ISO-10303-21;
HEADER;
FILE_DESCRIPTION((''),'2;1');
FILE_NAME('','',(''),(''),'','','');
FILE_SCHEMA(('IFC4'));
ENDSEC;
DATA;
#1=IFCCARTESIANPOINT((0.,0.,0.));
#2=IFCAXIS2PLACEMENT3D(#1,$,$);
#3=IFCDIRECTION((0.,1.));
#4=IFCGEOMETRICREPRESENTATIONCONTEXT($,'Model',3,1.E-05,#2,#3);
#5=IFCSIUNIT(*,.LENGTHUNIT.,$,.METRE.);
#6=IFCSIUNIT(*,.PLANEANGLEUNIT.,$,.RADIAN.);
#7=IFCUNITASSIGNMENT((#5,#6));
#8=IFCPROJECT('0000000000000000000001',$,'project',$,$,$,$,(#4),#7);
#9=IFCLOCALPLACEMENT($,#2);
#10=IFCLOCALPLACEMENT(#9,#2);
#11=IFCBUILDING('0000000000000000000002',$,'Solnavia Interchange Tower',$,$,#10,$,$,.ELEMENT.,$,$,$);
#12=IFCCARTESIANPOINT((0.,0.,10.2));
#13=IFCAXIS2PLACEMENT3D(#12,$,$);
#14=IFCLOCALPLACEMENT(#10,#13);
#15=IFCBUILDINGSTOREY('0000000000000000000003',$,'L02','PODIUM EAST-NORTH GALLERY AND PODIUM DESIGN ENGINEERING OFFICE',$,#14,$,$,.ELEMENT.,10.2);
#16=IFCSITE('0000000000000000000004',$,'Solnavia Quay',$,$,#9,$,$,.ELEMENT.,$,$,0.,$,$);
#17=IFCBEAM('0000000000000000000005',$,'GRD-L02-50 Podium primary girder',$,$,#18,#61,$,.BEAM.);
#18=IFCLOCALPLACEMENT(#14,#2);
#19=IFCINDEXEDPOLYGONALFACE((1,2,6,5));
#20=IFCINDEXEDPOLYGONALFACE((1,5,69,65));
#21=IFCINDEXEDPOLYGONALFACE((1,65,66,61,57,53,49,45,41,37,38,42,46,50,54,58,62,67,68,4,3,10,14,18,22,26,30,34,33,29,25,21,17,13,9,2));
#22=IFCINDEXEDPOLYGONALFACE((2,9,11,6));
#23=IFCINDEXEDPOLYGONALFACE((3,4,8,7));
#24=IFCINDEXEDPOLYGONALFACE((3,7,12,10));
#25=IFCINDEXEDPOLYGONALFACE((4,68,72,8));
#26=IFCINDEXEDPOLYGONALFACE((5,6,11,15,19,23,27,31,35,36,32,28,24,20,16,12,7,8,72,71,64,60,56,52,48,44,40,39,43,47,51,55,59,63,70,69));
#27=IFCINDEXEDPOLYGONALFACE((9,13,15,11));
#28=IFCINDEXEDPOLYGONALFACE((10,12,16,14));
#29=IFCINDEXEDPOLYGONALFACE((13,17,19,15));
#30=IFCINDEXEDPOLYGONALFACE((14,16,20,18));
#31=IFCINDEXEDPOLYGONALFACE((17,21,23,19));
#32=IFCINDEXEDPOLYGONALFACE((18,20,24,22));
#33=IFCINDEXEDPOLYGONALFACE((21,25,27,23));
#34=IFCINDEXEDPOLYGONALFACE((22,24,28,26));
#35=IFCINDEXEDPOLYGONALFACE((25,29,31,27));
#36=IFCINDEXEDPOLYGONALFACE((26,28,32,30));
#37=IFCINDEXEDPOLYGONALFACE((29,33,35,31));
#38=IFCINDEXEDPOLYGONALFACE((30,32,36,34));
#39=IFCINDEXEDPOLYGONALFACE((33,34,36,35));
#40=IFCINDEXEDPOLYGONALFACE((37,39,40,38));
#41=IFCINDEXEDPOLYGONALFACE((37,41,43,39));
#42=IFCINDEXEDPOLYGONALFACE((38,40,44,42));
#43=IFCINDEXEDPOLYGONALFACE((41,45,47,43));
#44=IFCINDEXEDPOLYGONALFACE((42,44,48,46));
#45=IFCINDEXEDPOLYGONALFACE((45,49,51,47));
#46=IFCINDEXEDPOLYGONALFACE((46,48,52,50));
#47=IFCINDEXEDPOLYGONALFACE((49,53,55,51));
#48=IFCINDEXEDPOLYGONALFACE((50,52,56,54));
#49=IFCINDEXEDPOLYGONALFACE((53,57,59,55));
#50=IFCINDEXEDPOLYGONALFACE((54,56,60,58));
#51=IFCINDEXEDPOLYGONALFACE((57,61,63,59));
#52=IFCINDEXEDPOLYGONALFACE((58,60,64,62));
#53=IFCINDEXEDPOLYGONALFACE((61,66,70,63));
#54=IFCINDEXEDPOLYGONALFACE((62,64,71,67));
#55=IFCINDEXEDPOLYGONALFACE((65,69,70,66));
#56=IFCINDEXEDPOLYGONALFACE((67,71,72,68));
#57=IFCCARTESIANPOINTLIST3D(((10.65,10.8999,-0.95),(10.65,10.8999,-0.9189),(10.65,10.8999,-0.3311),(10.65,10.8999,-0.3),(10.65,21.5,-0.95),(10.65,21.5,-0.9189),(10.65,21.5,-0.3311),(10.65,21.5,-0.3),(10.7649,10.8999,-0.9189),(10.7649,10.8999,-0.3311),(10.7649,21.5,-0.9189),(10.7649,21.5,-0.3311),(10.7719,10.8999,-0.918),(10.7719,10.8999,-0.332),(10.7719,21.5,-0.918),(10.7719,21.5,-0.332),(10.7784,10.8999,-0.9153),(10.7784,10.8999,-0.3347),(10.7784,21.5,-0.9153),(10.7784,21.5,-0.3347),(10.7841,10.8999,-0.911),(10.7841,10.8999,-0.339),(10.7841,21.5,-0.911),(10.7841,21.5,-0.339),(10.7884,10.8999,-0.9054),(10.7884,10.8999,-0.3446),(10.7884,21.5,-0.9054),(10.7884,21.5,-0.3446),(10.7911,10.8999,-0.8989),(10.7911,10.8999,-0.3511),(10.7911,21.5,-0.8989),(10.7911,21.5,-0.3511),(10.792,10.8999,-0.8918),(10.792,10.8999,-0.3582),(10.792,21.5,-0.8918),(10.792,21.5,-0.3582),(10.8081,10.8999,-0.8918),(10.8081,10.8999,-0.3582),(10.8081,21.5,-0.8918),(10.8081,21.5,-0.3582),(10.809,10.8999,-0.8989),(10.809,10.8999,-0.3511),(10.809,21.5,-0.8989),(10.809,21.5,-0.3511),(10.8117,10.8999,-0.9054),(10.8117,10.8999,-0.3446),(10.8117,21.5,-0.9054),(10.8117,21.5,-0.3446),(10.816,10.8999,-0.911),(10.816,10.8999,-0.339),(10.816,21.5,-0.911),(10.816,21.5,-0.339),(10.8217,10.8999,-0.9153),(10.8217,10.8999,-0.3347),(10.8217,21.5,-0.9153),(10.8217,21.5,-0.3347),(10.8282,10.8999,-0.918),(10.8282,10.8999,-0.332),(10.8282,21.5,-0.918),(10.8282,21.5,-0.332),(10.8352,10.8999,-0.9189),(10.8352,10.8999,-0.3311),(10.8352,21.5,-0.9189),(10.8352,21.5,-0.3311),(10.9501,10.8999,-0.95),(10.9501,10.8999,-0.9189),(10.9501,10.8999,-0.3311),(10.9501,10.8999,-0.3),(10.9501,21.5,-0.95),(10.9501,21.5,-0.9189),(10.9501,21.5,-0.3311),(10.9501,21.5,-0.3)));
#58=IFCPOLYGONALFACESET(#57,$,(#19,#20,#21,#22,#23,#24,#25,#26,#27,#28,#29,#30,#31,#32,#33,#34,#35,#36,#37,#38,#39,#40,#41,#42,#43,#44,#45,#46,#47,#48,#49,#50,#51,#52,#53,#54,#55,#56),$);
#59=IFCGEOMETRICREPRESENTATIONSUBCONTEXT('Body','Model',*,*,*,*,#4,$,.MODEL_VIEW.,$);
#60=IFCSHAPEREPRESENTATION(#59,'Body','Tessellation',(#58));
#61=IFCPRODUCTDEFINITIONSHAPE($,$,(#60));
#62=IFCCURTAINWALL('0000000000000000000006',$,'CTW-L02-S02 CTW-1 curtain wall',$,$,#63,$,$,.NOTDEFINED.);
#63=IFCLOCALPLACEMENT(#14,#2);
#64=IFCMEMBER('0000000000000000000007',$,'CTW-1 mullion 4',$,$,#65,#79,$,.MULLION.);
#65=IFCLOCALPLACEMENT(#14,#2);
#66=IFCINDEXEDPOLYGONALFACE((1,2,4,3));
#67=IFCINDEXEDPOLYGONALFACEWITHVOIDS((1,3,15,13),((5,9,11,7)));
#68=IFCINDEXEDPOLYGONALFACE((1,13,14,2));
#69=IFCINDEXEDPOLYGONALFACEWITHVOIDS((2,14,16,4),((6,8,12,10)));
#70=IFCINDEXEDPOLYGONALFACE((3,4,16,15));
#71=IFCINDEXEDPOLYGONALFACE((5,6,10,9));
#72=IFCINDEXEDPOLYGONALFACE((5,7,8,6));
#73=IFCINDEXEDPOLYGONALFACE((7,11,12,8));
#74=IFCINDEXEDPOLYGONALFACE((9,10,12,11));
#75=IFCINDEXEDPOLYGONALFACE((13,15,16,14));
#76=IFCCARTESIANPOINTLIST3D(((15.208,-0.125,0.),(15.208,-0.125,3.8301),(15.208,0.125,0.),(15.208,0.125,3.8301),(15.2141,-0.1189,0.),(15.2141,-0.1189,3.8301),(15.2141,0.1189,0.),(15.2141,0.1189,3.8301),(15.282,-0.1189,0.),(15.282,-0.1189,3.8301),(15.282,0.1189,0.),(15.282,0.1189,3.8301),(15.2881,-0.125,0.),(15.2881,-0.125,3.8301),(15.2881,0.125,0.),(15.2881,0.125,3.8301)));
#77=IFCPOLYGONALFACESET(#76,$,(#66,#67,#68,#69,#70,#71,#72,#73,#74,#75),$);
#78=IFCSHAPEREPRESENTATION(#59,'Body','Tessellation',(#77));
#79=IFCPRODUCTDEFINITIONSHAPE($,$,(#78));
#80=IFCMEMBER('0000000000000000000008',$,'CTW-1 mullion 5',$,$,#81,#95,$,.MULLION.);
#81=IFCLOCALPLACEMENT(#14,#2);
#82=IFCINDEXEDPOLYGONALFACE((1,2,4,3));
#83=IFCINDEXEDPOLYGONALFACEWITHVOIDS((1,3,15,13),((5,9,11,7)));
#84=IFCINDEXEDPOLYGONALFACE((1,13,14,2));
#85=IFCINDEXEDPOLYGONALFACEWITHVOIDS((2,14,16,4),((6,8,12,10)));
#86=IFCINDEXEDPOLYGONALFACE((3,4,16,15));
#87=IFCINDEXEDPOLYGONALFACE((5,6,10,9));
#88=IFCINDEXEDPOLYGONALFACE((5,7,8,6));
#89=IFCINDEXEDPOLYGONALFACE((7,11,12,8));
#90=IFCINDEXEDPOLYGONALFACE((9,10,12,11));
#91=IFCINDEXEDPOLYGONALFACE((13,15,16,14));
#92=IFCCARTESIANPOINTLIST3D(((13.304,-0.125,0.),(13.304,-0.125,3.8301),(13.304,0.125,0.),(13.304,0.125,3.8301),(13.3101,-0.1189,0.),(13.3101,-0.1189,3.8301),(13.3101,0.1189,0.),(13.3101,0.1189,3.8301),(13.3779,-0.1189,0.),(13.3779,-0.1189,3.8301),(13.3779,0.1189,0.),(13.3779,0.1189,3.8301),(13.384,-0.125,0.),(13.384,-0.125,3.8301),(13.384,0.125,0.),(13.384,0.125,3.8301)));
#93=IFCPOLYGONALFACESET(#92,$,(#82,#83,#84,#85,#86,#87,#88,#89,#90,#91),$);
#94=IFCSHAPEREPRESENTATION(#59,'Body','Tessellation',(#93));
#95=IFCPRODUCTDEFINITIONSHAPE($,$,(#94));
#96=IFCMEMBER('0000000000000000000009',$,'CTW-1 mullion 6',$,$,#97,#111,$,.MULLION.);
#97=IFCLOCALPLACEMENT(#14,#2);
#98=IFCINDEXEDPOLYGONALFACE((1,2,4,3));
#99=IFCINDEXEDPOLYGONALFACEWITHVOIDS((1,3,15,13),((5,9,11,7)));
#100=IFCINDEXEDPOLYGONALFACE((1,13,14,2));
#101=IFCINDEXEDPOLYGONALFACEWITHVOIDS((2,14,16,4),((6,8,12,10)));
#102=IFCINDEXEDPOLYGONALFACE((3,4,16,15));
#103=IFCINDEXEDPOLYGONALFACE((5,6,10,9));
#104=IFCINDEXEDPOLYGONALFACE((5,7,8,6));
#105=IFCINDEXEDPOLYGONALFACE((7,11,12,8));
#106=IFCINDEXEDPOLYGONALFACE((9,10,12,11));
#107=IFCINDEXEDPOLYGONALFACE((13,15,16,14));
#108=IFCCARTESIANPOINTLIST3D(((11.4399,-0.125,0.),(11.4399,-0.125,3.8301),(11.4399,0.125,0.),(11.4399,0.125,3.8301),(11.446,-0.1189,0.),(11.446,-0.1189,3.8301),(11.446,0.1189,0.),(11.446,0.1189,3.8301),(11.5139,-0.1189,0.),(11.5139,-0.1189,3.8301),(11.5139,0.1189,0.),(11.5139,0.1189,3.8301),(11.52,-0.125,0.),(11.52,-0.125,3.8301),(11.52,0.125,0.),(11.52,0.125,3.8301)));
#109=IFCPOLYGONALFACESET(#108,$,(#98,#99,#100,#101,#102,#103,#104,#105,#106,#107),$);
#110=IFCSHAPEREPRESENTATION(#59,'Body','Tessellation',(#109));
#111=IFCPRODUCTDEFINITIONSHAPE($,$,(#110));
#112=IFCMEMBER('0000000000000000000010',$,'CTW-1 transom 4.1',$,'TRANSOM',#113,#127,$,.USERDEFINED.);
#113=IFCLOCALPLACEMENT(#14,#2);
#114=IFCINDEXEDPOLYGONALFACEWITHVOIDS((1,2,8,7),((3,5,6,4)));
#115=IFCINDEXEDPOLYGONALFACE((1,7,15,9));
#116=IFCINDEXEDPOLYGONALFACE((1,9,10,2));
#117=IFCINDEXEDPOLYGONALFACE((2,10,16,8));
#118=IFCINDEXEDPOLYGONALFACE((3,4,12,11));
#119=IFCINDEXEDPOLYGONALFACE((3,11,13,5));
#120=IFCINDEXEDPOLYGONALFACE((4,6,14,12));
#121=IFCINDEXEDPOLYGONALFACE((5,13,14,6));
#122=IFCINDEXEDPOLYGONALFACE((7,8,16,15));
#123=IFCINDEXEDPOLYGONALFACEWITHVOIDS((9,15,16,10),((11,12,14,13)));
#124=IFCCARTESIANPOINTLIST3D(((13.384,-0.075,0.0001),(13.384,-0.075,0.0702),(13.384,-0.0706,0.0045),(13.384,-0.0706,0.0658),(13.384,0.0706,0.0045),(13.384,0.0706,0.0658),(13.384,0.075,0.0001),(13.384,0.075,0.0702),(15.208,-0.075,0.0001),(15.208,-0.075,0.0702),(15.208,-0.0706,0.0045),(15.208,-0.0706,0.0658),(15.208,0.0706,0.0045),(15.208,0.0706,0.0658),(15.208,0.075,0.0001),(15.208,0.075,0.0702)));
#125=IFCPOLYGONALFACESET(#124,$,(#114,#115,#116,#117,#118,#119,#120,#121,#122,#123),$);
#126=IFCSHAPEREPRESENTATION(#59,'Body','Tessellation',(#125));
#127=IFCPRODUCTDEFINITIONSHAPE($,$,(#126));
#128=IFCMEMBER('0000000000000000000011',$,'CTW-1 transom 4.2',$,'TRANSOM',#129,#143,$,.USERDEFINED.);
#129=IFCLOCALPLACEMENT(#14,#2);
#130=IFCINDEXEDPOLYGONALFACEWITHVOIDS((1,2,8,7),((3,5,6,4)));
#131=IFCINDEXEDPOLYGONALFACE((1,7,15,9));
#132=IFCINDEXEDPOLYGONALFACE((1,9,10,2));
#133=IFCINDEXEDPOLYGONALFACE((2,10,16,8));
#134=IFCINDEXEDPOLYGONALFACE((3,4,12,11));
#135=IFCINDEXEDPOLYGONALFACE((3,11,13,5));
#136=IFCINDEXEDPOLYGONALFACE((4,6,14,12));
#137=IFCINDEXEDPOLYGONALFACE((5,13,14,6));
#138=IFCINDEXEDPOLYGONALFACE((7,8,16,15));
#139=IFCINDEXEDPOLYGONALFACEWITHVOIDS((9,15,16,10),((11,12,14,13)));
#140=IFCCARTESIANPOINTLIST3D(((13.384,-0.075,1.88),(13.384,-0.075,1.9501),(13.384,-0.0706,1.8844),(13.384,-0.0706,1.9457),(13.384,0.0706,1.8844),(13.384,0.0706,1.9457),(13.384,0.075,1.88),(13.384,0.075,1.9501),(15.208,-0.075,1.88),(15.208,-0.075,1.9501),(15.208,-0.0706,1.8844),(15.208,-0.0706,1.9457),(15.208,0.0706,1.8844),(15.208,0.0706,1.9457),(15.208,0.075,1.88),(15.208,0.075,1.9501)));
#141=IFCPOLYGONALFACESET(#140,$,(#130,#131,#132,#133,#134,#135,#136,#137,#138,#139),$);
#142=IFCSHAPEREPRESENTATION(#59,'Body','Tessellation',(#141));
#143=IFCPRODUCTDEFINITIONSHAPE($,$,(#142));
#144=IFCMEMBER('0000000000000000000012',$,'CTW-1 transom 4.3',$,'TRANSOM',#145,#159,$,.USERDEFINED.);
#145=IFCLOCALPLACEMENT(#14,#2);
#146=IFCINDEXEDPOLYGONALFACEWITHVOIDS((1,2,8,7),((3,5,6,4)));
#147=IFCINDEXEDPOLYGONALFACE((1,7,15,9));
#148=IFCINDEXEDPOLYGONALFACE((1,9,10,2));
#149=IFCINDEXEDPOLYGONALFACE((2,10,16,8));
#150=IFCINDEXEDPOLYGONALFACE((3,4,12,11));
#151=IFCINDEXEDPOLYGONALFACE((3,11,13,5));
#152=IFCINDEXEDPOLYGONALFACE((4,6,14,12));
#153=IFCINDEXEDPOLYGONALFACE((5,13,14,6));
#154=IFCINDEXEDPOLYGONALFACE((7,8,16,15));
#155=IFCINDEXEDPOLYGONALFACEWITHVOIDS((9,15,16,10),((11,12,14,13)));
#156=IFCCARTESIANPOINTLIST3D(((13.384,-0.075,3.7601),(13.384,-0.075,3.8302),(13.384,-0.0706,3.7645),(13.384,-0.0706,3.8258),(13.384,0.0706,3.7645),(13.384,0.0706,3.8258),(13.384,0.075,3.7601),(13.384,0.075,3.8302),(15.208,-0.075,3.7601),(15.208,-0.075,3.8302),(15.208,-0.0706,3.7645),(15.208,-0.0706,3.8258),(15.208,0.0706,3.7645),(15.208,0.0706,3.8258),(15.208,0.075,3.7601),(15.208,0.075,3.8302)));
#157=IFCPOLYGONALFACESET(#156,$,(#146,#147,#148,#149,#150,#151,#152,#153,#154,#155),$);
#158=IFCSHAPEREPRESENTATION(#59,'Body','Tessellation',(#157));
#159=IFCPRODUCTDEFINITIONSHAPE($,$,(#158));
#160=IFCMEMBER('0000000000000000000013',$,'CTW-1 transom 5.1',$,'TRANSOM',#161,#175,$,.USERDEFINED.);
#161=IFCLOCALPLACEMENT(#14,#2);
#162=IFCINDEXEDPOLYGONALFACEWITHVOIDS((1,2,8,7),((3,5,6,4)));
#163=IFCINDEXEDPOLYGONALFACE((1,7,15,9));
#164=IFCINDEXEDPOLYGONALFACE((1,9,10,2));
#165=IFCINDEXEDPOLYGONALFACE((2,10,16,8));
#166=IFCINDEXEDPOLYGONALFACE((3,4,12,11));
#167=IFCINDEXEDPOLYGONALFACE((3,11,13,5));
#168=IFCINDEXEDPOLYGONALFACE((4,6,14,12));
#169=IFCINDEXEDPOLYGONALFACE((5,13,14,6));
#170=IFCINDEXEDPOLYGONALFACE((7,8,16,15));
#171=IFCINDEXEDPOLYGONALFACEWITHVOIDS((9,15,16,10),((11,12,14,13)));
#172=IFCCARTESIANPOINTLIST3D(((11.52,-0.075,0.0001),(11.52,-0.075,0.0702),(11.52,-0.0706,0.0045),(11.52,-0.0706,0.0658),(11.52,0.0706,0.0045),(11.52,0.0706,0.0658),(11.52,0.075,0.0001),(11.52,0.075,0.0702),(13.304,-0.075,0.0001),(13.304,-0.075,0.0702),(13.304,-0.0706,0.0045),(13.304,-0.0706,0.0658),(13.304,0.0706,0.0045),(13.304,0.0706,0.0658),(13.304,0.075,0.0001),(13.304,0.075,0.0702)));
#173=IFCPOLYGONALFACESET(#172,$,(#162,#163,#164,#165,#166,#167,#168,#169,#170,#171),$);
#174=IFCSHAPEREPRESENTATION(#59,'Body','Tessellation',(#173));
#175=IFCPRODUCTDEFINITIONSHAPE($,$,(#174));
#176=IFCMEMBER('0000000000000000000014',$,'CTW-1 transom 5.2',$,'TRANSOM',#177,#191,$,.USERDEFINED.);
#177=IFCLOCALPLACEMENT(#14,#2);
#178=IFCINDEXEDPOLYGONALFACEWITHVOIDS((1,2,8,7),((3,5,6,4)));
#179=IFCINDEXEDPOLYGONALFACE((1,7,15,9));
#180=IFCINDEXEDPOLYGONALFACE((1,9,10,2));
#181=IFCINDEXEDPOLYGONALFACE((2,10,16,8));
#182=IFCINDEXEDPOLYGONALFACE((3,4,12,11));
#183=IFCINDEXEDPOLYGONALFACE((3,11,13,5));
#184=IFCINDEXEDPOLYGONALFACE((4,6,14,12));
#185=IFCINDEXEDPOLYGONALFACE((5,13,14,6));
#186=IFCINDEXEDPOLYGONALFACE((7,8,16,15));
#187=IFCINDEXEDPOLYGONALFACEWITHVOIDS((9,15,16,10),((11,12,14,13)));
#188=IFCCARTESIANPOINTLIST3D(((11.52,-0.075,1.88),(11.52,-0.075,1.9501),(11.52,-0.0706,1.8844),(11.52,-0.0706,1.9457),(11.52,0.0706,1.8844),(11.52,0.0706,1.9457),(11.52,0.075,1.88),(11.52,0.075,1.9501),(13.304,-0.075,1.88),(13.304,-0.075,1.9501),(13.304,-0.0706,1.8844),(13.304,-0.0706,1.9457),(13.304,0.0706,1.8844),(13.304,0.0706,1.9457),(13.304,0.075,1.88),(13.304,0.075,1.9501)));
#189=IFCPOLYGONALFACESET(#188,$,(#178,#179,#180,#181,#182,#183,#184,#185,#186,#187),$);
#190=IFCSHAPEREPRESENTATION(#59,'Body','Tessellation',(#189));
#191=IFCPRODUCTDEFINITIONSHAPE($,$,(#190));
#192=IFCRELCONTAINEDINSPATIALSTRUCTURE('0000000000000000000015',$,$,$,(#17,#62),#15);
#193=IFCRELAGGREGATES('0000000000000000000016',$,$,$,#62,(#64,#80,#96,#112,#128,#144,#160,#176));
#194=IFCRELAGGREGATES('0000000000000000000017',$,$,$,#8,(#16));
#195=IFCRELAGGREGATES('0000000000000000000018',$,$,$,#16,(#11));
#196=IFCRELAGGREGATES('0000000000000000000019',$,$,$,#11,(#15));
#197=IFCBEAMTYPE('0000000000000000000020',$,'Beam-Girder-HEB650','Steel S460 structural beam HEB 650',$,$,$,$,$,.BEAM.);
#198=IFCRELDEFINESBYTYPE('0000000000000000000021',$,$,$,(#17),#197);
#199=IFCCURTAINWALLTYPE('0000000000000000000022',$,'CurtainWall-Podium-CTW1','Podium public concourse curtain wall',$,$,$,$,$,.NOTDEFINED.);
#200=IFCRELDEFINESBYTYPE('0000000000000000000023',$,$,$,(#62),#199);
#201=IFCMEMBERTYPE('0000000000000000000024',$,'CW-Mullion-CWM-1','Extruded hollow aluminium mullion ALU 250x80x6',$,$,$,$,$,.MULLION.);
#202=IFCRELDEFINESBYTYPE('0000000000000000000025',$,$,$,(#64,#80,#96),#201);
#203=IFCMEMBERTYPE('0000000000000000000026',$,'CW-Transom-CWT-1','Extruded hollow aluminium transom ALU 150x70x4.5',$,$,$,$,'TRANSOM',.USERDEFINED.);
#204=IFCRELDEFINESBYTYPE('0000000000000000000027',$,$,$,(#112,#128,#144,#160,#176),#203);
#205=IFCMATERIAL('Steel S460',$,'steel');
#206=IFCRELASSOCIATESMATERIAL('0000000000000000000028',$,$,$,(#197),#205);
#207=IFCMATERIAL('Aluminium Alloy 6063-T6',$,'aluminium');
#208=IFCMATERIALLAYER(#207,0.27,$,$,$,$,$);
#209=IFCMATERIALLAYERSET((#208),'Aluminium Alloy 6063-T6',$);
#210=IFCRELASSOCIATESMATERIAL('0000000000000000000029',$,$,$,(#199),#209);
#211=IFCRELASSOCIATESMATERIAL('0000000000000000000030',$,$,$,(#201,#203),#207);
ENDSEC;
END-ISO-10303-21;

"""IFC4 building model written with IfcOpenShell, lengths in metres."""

from ifc_helpers import new_model, si_unit, direction, frame, origin, origin_2d, place, context, subcontext, project, spatial, hollow_rectangle, i_section, extrude, material, layer, layer_set, material_profile, profile_set, type_object, element, aggregate, save


model = new_model("IFC4")

# Units and contexts
model_context = context("Model", 3, precision=1e-05, world=origin(), true_north=direction((0.0, 1.0)))
body_context = subcontext(model_context, "Body", "Model", "MODEL_VIEW")
ifc_project = project(units=[si_unit("LENGTHUNIT", "METRE"), si_unit("PLANEANGLEUNIT", "RADIAN")], contexts=[model_context])

# Site, building, storey
site_placement = place(None, origin())
site = spatial("IfcSite", under=ifc_project, at=site_placement, Name="Solnavia Quay", CompositionType="ELEMENT", RefElevation=0.0)
building_placement = place(site_placement, origin())
building = spatial("IfcBuilding", under=site, at=building_placement, Name="Solnavia Interchange Tower", CompositionType="ELEMENT")
storey_placement = place(building_placement, frame((0.0, 0.0, 10.2)))
storey = spatial("IfcBuildingStorey", under=building, at=storey_placement, Name="L02", Description="PODIUM EAST-NORTH GALLERY AND PODIUM DESIGN ENGINEERING OFFICE", CompositionType="ELEMENT", Elevation=10.2)

# Beam
ifc_material_1 = material(Name="Steel S460", Category="steel")
ifc_material_profile_1 = material_profile(ifc_material_1, i_section(OverallWidth=0.3, OverallDepth=0.6499, WebThickness=0.0161, FlangeThickness=0.031, FilletRadius=0.0271, at=origin_2d()), Name="HEB 650")
ifc_profile_set_1 = profile_set([ifc_material_profile_1], Name="Steel S460")
beam_type = type_object("IfcBeamType", Name="Beam-Girder-HEB650", Description="Steel S460 structural beam HEB 650", PredefinedType="BEAM", material=ifc_profile_set_1)
beam_1_placement = place(storey_placement, frame((10.8, 10.8999, -0.625), z_axis=(0.0, 1.0, 0.0), x_axis=(-1.0, 0.0, 0.0)))
element("IfcBeam", 1, at=beam_1_placement, inside=storey, type_object=beam_type, Name="GRD-L02-50 Podium primary girder", PredefinedType="BEAM", context=body_context, shape_type="SweptSolid", body=[
    extrude(i_section(OverallWidth=0.3, OverallDepth=0.6499, WebThickness=0.0161, FlangeThickness=0.031, FilletRadius=0.0271, at=origin_2d()), origin(), (0.0, 0.0, 1.0), 10.6001),
])

# Curtain wall, members
ifc_material_2 = material(Name="Aluminium Alloy 6063-T6", Category="aluminium")
ifc_layer_1 = layer(ifc_material_2, 0.27)
ifc_layer_set_1 = layer_set([ifc_layer_1], Name="Aluminium Alloy 6063-T6")
curtain_wall_type = type_object("IfcCurtainWallType", Name="CurtainWall-Podium-CTW1", Description="Podium public concourse curtain wall", PredefinedType="NOTDEFINED", material=ifc_layer_set_1)
curtain_wall_placement = place(storey_placement, origin())
curtain_wall = element("IfcCurtainWall", 2, at=curtain_wall_placement, inside=storey, type_object=curtain_wall_type, Name="CTW-L02-S02 CTW-1 curtain wall", PredefinedType="NOTDEFINED")
ifc_material_profile_2 = material_profile(ifc_material_2, hollow_rectangle(XDim=0.0801, YDim=0.25, WallThickness=0.0061, at=origin_2d()), Name="ALU 250x80x6")
ifc_profile_set_2 = profile_set([ifc_material_profile_2], Name="Aluminium Alloy 6063-T6")
member_type_1 = type_object("IfcMemberType", Name="CW-Mullion-CWM-1", Description="Extruded hollow aluminium mullion ALU 250x80x6", PredefinedType="MULLION", material=ifc_profile_set_2)
member_1_placement = place(storey_placement, frame((15.248, 0.0, 0.0), z_axis=(0.0, 0.0, 1.0), x_axis=(-1.0, 0.0, 0.0)))
member_1 = element("IfcMember", 3, at=member_1_placement, type_object=member_type_1, Name="CTW-1 mullion 4", PredefinedType="MULLION", context=body_context, shape_type="SweptSolid", body=[
    extrude(hollow_rectangle(XDim=0.0801, YDim=0.25, WallThickness=0.0061, at=origin_2d()), origin(), (0.0, 0.0, 1.0), 3.8301),
])
member_2_placement = place(storey_placement, frame((13.344, 0.0, 0.0), z_axis=(0.0, 0.0, 1.0), x_axis=(-1.0, 0.0, 0.0)))
member_2 = element("IfcMember", 4, at=member_2_placement, type_object=member_type_1, Name="CTW-1 mullion 5", PredefinedType="MULLION", context=body_context, shape_type="SweptSolid", body=[
    extrude(hollow_rectangle(XDim=0.0801, YDim=0.25, WallThickness=0.0061, at=origin_2d()), origin(), (0.0, 0.0, 1.0), 3.8301),
])
member_3_placement = place(storey_placement, frame((11.48, 0.0, 0.0), z_axis=(0.0, 0.0, 1.0), x_axis=(-1.0, 0.0, 0.0)))
member_3 = element("IfcMember", 5, at=member_3_placement, type_object=member_type_1, Name="CTW-1 mullion 6", PredefinedType="MULLION", context=body_context, shape_type="SweptSolid", body=[
    extrude(hollow_rectangle(XDim=0.0801, YDim=0.25, WallThickness=0.0061, at=origin_2d()), origin(), (0.0, 0.0, 1.0), 3.8301),
])
ifc_material_profile_3 = material_profile(ifc_material_2, hollow_rectangle(XDim=0.0701, YDim=0.1499, WallThickness=0.0044, at=origin_2d()), Name="ALU 150x70x4.5")
ifc_profile_set_3 = profile_set([ifc_material_profile_3], Name="Aluminium Alloy 6063-T6")
member_type_2 = type_object("IfcMemberType", Name="CW-Transom-CWT-1", Description="Extruded hollow aluminium transom ALU 150x70x4.5", ElementType="TRANSOM", PredefinedType="USERDEFINED", material=ifc_profile_set_3)
member_4_placement = place(storey_placement, frame((15.208, 0.0, 0.0352), z_axis=(-1.0, 0.0, 0.0), x_axis=(0.0, 0.0, 1.0)))
member_4 = element("IfcMember", 6, at=member_4_placement, type_object=member_type_2, Name="CTW-1 transom 4.1", ObjectType="TRANSOM", PredefinedType="USERDEFINED", context=body_context, shape_type="SweptSolid", body=[
    extrude(hollow_rectangle(XDim=0.0701, YDim=0.1499, WallThickness=0.0044, at=origin_2d()), origin(), (0.0, 0.0, 1.0), 1.824),
])
member_5_placement = place(storey_placement, frame((15.208, 0.0, 1.915), z_axis=(-1.0, 0.0, 0.0), x_axis=(0.0, 0.0, 1.0)))
member_5 = element("IfcMember", 7, at=member_5_placement, type_object=member_type_2, Name="CTW-1 transom 4.2", ObjectType="TRANSOM", PredefinedType="USERDEFINED", context=body_context, shape_type="SweptSolid", body=[
    extrude(hollow_rectangle(XDim=0.0701, YDim=0.1499, WallThickness=0.0044, at=origin_2d()), origin(), (0.0, 0.0, 1.0), 1.824),
])
member_6_placement = place(storey_placement, frame((15.208, 0.0, 3.7952), z_axis=(-1.0, 0.0, 0.0), x_axis=(0.0, 0.0, 1.0)))
member_6 = element("IfcMember", 8, at=member_6_placement, type_object=member_type_2, Name="CTW-1 transom 4.3", ObjectType="TRANSOM", PredefinedType="USERDEFINED", context=body_context, shape_type="SweptSolid", body=[
    extrude(hollow_rectangle(XDim=0.0701, YDim=0.1499, WallThickness=0.0044, at=origin_2d()), origin(), (0.0, 0.0, 1.0), 1.824),
])
member_7_placement = place(storey_placement, frame((13.304, 0.0, 0.0352), z_axis=(-1.0, 0.0, 0.0), x_axis=(0.0, 0.0, 1.0)))
member_7 = element("IfcMember", 9, at=member_7_placement, type_object=member_type_2, Name="CTW-1 transom 5.1", ObjectType="TRANSOM", PredefinedType="USERDEFINED", context=body_context, shape_type="SweptSolid", body=[
    extrude(hollow_rectangle(XDim=0.0701, YDim=0.1499, WallThickness=0.0044, at=origin_2d()), origin(), (0.0, 0.0, 1.0), 1.7839),
])
member_8_placement = place(storey_placement, frame((13.304, 0.0, 1.915), z_axis=(-1.0, 0.0, 0.0), x_axis=(0.0, 0.0, 1.0)))
member_8 = element("IfcMember", 10, at=member_8_placement, type_object=member_type_2, Name="CTW-1 transom 5.2", ObjectType="TRANSOM", PredefinedType="USERDEFINED", context=body_context, shape_type="SweptSolid", body=[
    extrude(hollow_rectangle(XDim=0.0701, YDim=0.1499, WallThickness=0.0044, at=origin_2d()), origin(), (0.0, 0.0, 1.0), 1.7839),
])
aggregate(curtain_wall, [member_1, member_2, member_3, member_4, member_5, member_6, member_7, member_8])

save(model, "model.ifc")
